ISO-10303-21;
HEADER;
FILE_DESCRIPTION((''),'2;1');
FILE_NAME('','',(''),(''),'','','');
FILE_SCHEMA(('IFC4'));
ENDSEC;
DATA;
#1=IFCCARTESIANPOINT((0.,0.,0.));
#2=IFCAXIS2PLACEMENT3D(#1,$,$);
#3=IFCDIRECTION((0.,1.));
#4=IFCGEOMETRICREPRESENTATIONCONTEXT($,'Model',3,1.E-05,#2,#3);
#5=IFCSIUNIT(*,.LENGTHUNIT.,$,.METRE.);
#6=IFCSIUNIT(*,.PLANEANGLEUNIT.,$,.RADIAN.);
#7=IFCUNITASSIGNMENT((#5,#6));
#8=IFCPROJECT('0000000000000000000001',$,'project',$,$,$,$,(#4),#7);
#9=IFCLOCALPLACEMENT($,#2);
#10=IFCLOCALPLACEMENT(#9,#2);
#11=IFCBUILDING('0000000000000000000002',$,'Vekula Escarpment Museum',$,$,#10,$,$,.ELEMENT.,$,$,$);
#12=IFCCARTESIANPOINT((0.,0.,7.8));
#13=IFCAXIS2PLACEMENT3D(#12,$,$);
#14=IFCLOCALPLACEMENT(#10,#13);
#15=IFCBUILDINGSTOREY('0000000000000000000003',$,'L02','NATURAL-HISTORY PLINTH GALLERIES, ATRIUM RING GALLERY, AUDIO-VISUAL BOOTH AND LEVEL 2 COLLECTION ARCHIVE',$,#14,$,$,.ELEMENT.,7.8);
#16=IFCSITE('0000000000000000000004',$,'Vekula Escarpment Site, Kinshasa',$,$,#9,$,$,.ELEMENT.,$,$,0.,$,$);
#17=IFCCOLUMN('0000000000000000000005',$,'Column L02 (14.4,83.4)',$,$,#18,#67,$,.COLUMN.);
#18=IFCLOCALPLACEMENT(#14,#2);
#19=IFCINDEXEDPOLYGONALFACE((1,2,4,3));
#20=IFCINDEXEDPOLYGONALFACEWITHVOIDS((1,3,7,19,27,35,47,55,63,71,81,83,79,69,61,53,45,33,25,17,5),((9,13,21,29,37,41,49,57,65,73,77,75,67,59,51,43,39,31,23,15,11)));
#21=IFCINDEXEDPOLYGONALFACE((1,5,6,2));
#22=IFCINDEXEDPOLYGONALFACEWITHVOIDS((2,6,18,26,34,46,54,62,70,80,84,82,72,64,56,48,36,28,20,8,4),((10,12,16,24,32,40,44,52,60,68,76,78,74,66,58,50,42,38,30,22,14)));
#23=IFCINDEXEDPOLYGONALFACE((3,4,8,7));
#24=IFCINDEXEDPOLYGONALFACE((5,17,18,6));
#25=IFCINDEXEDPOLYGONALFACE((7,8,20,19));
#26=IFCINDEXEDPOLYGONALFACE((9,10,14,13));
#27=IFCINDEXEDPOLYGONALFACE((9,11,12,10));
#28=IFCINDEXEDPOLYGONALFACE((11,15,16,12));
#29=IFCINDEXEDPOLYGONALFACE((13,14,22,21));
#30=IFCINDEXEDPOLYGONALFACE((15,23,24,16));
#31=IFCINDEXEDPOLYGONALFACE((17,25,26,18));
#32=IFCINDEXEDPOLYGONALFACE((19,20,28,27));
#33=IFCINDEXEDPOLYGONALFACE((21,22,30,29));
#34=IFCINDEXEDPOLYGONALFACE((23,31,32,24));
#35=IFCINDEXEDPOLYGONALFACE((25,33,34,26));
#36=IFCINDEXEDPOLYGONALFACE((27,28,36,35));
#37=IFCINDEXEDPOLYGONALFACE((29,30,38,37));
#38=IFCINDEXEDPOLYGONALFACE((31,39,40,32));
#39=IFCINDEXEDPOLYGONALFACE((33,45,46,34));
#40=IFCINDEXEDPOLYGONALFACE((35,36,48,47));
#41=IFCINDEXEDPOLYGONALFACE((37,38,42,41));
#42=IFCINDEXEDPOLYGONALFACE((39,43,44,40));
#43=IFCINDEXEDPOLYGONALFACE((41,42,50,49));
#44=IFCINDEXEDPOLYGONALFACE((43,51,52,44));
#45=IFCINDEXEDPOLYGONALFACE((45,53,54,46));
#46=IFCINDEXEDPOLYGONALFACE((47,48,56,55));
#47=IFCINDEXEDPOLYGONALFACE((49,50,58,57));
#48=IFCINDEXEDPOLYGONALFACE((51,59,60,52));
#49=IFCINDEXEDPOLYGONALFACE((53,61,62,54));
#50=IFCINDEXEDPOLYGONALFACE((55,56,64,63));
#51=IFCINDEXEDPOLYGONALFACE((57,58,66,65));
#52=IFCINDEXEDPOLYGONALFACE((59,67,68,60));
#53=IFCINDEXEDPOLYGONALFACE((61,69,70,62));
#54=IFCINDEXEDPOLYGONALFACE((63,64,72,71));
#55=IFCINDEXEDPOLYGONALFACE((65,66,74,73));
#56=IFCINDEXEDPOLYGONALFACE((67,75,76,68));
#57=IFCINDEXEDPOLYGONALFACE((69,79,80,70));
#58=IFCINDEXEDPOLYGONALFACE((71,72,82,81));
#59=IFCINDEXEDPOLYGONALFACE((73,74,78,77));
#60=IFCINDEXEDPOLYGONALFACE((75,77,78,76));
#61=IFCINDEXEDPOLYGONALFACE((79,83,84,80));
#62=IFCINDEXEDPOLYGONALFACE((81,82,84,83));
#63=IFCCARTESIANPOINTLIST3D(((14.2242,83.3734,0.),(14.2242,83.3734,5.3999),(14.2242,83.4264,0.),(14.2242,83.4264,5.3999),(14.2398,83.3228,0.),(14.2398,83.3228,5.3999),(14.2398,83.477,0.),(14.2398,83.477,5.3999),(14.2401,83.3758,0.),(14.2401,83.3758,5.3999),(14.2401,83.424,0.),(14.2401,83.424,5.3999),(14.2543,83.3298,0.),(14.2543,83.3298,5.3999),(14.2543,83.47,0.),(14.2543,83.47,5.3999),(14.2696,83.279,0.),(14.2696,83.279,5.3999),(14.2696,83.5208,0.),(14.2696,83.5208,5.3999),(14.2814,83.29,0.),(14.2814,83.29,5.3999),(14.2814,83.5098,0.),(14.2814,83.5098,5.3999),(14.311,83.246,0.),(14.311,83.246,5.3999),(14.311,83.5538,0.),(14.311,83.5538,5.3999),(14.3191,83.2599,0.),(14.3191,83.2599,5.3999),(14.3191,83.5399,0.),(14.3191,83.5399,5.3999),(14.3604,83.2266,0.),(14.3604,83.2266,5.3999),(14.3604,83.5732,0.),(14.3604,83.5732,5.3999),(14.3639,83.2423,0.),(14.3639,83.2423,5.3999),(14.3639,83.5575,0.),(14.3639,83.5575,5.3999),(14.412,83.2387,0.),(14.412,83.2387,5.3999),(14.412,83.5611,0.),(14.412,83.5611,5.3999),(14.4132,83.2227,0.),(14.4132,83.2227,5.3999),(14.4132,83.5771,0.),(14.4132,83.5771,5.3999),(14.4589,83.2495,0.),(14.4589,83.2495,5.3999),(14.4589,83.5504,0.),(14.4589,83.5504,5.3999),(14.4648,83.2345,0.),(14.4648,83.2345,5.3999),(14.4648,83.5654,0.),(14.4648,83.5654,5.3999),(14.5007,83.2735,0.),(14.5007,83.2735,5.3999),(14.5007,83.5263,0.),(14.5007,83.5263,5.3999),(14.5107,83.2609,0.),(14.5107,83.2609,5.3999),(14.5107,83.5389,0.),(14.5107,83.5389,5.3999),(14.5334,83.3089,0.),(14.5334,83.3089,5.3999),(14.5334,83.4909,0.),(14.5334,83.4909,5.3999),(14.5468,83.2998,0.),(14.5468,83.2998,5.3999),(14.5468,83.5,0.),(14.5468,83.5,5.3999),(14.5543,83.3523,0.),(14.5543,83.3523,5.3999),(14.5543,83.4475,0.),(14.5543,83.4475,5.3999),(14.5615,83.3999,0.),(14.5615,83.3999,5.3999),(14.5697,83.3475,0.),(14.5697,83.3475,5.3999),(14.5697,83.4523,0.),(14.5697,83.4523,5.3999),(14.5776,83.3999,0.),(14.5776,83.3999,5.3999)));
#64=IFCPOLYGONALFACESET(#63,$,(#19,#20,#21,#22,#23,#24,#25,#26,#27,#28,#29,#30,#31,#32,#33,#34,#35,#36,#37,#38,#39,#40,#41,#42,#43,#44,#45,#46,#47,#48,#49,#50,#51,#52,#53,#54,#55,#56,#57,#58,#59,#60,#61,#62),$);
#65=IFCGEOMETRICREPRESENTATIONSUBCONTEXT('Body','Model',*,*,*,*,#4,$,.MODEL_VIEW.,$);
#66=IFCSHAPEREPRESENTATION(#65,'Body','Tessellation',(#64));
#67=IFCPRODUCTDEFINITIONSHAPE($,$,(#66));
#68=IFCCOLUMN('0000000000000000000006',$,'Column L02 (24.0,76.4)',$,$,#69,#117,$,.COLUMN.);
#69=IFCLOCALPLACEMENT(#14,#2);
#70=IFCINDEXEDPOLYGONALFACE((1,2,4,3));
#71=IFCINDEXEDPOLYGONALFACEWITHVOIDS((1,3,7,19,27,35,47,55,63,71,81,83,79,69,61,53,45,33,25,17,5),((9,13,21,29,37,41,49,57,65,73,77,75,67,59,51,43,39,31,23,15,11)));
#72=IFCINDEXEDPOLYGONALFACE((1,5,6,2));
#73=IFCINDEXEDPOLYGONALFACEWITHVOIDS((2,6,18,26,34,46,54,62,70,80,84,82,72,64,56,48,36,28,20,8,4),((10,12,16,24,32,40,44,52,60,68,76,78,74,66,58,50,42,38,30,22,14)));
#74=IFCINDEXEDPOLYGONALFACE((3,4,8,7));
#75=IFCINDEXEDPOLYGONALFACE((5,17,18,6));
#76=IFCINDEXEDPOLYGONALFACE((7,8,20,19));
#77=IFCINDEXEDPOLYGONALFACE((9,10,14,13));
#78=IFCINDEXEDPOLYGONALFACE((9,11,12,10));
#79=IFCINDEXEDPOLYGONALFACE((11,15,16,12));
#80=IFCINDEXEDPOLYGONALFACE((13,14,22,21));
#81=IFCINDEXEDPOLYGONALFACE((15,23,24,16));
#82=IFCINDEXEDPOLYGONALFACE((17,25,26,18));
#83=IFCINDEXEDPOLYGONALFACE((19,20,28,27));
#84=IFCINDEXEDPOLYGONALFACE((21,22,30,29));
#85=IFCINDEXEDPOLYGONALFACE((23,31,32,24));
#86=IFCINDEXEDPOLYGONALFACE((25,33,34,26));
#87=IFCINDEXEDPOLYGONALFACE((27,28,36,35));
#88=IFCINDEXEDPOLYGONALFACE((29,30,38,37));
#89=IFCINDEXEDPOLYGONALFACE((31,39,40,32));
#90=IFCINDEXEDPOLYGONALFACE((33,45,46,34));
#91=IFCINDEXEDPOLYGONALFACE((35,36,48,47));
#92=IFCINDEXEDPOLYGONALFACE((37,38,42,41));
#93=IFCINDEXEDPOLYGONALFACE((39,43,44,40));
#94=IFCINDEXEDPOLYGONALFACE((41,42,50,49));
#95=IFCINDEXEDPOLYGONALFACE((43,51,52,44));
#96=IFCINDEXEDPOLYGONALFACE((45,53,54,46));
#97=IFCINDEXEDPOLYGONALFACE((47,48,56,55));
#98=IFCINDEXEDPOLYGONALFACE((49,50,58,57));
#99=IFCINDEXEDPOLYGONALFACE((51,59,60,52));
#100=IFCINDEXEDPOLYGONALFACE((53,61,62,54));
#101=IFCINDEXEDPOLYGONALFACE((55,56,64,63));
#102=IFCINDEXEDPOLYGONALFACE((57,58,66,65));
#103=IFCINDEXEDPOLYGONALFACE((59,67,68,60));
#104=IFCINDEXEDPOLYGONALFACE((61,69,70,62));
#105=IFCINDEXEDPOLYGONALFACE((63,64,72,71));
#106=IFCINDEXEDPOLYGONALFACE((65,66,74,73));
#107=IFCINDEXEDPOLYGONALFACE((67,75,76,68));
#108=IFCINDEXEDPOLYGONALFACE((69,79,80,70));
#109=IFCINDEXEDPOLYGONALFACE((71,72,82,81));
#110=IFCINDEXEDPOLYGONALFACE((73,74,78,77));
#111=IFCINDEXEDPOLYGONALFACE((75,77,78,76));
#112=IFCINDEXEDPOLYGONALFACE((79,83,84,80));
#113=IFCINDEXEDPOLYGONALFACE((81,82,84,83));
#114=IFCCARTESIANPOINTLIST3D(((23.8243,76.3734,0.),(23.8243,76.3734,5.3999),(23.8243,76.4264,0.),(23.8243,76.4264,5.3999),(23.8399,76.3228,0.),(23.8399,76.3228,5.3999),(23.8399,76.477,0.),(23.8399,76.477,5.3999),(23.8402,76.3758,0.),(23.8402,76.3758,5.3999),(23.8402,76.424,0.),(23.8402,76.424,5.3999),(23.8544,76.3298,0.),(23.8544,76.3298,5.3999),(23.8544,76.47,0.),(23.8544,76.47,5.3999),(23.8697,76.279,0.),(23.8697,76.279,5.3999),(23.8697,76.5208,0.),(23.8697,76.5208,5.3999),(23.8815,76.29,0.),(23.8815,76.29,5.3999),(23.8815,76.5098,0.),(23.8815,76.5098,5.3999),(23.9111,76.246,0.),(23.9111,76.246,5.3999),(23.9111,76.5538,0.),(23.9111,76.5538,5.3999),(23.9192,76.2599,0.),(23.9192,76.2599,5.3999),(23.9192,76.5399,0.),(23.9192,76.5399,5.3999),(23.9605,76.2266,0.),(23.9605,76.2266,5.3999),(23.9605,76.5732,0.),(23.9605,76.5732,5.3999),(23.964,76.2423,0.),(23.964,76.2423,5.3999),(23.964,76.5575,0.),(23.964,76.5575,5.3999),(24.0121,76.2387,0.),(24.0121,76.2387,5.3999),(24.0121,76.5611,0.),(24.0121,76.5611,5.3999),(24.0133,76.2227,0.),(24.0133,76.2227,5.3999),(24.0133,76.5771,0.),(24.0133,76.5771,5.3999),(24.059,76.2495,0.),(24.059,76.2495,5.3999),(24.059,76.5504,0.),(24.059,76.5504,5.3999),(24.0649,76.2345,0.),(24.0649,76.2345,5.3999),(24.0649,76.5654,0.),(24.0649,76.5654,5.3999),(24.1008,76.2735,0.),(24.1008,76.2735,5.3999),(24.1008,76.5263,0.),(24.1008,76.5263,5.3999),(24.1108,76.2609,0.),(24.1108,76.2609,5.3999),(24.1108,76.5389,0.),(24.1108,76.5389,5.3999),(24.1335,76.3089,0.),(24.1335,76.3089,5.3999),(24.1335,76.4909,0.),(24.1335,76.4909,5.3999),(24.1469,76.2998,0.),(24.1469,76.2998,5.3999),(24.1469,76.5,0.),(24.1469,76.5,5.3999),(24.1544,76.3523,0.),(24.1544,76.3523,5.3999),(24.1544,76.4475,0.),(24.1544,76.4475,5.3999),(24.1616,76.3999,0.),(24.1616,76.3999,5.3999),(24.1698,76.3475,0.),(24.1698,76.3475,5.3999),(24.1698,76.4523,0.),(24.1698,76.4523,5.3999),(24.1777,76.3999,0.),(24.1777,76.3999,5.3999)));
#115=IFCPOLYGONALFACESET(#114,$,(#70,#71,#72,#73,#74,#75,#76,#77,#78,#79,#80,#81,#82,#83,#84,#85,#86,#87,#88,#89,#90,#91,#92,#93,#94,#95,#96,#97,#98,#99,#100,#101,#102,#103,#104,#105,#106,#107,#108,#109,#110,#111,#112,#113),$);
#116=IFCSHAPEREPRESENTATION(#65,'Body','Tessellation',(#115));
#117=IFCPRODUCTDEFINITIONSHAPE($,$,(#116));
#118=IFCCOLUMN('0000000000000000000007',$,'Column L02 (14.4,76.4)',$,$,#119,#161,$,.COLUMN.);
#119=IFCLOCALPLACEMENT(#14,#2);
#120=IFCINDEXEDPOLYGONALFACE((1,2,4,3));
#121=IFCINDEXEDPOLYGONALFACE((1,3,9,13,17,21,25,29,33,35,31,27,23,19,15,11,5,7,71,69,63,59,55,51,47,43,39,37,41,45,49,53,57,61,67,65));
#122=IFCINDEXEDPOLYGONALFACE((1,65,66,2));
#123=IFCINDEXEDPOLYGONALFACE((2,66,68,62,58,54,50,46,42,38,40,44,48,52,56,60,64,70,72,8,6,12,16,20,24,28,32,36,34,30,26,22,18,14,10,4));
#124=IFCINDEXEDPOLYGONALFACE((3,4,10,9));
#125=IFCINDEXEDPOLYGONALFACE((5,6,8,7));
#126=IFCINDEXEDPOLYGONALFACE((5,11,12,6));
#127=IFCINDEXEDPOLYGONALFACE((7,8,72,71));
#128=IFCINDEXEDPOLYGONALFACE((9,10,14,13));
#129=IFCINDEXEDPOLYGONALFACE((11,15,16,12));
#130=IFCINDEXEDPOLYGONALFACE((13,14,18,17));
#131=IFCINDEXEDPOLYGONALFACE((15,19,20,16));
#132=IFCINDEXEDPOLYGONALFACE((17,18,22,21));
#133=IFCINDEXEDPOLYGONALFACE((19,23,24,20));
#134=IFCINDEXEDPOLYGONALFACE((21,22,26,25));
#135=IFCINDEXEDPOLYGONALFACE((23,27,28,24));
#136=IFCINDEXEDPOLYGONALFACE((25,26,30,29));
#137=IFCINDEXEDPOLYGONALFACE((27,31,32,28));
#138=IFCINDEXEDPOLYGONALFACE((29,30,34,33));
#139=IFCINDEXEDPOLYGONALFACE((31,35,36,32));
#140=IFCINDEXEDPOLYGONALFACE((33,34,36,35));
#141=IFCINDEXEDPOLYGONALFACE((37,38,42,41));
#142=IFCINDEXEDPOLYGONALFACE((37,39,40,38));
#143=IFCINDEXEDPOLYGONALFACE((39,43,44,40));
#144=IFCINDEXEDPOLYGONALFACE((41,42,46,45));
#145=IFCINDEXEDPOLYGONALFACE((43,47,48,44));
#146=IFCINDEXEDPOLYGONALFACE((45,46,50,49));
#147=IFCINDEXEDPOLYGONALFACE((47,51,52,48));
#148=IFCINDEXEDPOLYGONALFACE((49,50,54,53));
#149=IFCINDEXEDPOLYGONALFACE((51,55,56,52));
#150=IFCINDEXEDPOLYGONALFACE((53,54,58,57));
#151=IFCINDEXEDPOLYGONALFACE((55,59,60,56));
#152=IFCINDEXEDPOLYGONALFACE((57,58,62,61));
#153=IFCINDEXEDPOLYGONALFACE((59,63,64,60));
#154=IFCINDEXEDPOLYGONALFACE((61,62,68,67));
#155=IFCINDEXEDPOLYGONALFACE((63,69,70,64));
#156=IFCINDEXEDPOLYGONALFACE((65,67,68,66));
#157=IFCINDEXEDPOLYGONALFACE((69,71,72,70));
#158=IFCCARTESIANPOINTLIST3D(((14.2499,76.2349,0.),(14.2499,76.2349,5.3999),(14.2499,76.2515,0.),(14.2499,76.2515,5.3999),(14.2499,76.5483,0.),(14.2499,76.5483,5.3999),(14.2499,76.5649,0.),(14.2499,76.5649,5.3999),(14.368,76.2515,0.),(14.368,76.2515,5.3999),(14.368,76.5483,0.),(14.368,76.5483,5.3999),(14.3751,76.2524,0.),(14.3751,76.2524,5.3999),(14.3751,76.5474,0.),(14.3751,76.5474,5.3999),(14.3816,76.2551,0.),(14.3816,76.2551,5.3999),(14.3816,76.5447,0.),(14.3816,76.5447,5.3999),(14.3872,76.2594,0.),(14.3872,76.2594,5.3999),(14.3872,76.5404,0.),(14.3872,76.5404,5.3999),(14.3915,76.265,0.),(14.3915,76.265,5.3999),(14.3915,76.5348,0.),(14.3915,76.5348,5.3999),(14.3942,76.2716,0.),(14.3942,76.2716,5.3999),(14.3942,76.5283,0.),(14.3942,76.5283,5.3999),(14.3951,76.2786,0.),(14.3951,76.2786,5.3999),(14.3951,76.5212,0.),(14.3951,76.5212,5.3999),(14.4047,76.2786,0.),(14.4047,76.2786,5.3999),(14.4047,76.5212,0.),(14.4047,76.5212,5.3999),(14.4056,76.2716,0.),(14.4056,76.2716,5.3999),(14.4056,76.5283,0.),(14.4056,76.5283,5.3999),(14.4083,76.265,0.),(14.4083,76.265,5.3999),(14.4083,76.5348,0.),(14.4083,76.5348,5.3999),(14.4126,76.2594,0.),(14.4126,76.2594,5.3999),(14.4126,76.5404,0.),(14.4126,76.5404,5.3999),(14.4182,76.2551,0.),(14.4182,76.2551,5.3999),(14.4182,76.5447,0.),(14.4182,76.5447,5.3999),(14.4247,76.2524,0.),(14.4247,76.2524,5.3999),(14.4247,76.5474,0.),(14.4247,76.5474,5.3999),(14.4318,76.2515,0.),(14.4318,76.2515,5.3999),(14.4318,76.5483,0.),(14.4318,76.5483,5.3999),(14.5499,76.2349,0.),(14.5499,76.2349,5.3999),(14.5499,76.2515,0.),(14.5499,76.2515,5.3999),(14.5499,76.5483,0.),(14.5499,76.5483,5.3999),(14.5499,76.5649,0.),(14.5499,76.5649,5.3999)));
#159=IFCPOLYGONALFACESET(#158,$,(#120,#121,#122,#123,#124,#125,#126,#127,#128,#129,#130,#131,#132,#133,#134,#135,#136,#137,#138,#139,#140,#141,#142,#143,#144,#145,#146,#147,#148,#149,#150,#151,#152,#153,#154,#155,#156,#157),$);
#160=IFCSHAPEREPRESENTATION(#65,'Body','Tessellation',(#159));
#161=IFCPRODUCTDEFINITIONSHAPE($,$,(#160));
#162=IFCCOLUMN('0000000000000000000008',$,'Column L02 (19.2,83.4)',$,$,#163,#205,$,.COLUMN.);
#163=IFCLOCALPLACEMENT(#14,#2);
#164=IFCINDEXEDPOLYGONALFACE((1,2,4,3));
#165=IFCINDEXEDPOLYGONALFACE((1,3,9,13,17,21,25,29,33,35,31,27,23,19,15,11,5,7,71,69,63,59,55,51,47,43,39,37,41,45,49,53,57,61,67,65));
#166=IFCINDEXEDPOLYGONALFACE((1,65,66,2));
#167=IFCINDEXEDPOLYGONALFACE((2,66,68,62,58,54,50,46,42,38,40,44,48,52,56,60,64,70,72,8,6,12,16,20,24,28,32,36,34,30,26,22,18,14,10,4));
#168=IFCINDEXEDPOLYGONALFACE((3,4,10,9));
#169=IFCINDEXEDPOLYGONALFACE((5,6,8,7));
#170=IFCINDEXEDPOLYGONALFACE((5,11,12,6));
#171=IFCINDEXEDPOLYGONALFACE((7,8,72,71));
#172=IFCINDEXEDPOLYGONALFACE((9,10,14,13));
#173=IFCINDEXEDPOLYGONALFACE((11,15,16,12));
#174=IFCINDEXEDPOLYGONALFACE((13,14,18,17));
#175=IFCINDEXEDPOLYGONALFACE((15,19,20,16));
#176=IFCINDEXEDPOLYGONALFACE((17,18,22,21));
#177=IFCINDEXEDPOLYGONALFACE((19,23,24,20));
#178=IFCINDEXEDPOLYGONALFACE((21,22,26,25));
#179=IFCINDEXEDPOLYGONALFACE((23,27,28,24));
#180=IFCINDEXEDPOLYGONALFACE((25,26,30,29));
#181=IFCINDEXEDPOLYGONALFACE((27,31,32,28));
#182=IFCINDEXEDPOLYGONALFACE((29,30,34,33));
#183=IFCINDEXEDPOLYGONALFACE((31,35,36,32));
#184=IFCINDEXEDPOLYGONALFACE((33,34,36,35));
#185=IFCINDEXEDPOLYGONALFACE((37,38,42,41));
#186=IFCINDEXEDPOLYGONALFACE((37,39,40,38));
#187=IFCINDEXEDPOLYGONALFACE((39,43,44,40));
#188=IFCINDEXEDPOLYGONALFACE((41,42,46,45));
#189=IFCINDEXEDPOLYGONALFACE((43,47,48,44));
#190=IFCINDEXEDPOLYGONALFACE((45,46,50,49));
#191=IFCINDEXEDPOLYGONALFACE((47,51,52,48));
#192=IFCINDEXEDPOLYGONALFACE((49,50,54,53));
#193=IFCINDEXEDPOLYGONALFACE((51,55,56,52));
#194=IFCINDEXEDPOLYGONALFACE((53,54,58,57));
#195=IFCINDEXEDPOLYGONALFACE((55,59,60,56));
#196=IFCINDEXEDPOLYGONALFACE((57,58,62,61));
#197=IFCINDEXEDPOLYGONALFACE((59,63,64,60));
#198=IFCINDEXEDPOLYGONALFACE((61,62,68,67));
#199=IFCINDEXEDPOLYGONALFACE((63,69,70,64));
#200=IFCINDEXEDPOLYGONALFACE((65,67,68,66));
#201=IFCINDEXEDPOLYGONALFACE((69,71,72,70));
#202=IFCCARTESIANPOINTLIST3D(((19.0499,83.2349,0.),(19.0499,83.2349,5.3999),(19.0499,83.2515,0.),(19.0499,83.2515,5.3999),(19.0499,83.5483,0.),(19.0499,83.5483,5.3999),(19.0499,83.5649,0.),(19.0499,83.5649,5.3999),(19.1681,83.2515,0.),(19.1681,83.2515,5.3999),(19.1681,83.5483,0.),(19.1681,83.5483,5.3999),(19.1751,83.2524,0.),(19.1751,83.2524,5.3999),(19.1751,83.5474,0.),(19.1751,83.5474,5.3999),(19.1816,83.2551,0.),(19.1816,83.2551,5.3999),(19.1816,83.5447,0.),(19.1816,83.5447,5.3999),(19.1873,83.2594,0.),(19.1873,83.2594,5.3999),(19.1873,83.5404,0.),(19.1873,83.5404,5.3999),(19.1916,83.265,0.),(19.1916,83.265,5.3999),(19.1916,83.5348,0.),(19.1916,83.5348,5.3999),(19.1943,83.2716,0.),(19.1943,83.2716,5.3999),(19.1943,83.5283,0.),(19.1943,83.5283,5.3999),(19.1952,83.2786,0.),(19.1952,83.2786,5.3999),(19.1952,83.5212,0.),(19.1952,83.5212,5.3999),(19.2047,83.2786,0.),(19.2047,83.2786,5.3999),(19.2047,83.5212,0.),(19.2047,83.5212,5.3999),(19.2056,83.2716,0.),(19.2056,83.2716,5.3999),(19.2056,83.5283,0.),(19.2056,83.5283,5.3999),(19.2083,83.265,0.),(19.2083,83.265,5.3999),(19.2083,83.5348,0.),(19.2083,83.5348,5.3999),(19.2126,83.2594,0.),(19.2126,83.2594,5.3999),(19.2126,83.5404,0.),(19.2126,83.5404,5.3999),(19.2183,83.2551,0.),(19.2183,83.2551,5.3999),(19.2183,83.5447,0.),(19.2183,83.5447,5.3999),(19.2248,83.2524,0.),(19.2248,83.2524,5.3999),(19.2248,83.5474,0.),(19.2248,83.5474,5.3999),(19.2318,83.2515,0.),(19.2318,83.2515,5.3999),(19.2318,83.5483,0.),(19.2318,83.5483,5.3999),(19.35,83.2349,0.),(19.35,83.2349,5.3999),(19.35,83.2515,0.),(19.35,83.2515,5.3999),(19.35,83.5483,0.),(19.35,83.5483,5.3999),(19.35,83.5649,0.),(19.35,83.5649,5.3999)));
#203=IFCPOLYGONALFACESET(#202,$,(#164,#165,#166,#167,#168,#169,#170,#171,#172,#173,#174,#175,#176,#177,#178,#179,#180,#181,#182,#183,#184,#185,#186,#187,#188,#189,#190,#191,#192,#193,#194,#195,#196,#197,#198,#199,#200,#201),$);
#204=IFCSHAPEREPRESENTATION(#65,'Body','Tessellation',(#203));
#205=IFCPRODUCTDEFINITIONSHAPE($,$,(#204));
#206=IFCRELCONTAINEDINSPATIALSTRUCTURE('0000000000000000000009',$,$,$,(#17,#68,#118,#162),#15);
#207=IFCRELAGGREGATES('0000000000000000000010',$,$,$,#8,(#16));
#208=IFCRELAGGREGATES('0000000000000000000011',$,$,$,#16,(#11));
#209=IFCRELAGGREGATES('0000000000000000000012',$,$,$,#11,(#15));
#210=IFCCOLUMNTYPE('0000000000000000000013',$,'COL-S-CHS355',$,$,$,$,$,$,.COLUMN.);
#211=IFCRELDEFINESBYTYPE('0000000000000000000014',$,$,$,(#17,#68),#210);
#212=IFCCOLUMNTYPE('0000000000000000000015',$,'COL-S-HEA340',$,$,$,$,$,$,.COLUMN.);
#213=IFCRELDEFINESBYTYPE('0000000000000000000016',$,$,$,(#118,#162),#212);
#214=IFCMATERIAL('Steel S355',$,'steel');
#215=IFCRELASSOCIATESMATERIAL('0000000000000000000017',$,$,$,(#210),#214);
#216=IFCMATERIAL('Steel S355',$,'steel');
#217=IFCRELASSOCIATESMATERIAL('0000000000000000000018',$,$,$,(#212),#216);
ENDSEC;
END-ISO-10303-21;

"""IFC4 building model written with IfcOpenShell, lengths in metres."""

from ifc_helpers import new_model, si_unit, direction, frame, origin, origin_2d, place, context, subcontext, project, spatial, hollow_circle, i_section, extrude, material, material_profile, profile_set, type_object, element, save


model = new_model("IFC4")

# Units and contexts
model_context = context("Model", 3, precision=1e-05, world=origin(), true_north=direction((0.0, 1.0)))
body_context = subcontext(model_context, "Body", "Model", "MODEL_VIEW")
ifc_project = project(units=[si_unit("LENGTHUNIT", "METRE"), si_unit("PLANEANGLEUNIT", "RADIAN")], contexts=[model_context])

# Site, building, storey
site_placement = place(None, origin())
site = spatial("IfcSite", under=ifc_project, at=site_placement, Name="Vekula Escarpment Site, Kinshasa", CompositionType="ELEMENT", RefElevation=0.0)
building_placement = place(site_placement, origin())
building = spatial("IfcBuilding", under=site, at=building_placement, Name="Vekula Escarpment Museum", CompositionType="ELEMENT")
storey_placement = place(building_placement, frame((0.0, 0.0, 7.8)))
storey = spatial("IfcBuildingStorey", under=building, at=storey_placement, Name="L02", Description="NATURAL-HISTORY PLINTH GALLERIES, ATRIUM RING GALLERY, AUDIO-VISUAL BOOTH AND LEVEL 2 COLLECTION ARCHIVE", CompositionType="ELEMENT", Elevation=7.8)

# Columns
ifc_material_1 = material(Name="Steel S355", Category="steel")
ifc_material_profile_1 = material_profile(ifc_material_1, hollow_circle(Radius=0.1777, WallThickness=0.0161, at=origin_2d()), Name="CHS 355.6x16")
ifc_profile_set_1 = profile_set([ifc_material_profile_1], Name="Steel S355")
column_type_1 = type_object("IfcColumnType", Name="COL-S-CHS355", PredefinedType="COLUMN", material=ifc_profile_set_1)
for number, where, z_axis, x_axis, name in (
    (1, (14.3999, 83.3999, 0.0), (0.0, 0.0, 1.0), (1.0, 0.0, 0.0), "Column L02 (14.4,83.4)"),
    (2, (24.0, 76.3999, 0.0), (0.0, 0.0, 1.0), (1.0, 0.0, 0.0), "Column L02 (24.0,76.4)"),
):
    element("IfcColumn", number, at=place(storey_placement, frame(where, z_axis=z_axis, x_axis=x_axis)), inside=storey, type_object=column_type_1, Name=name, PredefinedType="COLUMN", context=body_context, shape_type="SweptSolid", body=[
        extrude(hollow_circle(Radius=0.1777, WallThickness=0.0161, at=origin_2d()), origin(), (0.0, 0.0, 1.0), 5.3999),
    ])
ifc_material_2 = material(Name="Steel S355", Category="steel")
ifc_material_profile_2 = material_profile(ifc_material_2, i_section(OverallWidth=0.3, OverallDepth=0.3301, WebThickness=0.0095, FlangeThickness=0.0166, FilletRadius=0.0271, at=origin_2d()), Name="HEA 340")
ifc_profile_set_2 = profile_set([ifc_material_profile_2], Name="Steel S355")
column_type_2 = type_object("IfcColumnType", Name="COL-S-HEA340", PredefinedType="COLUMN", material=ifc_profile_set_2)
for number, where, z_axis, x_axis, name in (
    (3, (14.3999, 76.3999, 0.0), (0.0, 0.0, 1.0), (1.0, 0.0, 0.0), "Column L02 (14.4,76.4)"),
    (4, (19.2, 83.3999, 0.0), (0.0, 0.0, 1.0), (1.0, 0.0, 0.0), "Column L02 (19.2,83.4)"),
):
    element("IfcColumn", number, at=place(storey_placement, frame(where, z_axis=z_axis, x_axis=x_axis)), inside=storey, type_object=column_type_2, Name=name, PredefinedType="COLUMN", context=body_context, shape_type="SweptSolid", body=[
        extrude(i_section(OverallWidth=0.3, OverallDepth=0.3301, WebThickness=0.0095, FlangeThickness=0.0166, FilletRadius=0.0271, at=origin_2d()), origin(), (0.0, 0.0, 1.0), 5.3999),
    ])

save(model, "model.ifc")
